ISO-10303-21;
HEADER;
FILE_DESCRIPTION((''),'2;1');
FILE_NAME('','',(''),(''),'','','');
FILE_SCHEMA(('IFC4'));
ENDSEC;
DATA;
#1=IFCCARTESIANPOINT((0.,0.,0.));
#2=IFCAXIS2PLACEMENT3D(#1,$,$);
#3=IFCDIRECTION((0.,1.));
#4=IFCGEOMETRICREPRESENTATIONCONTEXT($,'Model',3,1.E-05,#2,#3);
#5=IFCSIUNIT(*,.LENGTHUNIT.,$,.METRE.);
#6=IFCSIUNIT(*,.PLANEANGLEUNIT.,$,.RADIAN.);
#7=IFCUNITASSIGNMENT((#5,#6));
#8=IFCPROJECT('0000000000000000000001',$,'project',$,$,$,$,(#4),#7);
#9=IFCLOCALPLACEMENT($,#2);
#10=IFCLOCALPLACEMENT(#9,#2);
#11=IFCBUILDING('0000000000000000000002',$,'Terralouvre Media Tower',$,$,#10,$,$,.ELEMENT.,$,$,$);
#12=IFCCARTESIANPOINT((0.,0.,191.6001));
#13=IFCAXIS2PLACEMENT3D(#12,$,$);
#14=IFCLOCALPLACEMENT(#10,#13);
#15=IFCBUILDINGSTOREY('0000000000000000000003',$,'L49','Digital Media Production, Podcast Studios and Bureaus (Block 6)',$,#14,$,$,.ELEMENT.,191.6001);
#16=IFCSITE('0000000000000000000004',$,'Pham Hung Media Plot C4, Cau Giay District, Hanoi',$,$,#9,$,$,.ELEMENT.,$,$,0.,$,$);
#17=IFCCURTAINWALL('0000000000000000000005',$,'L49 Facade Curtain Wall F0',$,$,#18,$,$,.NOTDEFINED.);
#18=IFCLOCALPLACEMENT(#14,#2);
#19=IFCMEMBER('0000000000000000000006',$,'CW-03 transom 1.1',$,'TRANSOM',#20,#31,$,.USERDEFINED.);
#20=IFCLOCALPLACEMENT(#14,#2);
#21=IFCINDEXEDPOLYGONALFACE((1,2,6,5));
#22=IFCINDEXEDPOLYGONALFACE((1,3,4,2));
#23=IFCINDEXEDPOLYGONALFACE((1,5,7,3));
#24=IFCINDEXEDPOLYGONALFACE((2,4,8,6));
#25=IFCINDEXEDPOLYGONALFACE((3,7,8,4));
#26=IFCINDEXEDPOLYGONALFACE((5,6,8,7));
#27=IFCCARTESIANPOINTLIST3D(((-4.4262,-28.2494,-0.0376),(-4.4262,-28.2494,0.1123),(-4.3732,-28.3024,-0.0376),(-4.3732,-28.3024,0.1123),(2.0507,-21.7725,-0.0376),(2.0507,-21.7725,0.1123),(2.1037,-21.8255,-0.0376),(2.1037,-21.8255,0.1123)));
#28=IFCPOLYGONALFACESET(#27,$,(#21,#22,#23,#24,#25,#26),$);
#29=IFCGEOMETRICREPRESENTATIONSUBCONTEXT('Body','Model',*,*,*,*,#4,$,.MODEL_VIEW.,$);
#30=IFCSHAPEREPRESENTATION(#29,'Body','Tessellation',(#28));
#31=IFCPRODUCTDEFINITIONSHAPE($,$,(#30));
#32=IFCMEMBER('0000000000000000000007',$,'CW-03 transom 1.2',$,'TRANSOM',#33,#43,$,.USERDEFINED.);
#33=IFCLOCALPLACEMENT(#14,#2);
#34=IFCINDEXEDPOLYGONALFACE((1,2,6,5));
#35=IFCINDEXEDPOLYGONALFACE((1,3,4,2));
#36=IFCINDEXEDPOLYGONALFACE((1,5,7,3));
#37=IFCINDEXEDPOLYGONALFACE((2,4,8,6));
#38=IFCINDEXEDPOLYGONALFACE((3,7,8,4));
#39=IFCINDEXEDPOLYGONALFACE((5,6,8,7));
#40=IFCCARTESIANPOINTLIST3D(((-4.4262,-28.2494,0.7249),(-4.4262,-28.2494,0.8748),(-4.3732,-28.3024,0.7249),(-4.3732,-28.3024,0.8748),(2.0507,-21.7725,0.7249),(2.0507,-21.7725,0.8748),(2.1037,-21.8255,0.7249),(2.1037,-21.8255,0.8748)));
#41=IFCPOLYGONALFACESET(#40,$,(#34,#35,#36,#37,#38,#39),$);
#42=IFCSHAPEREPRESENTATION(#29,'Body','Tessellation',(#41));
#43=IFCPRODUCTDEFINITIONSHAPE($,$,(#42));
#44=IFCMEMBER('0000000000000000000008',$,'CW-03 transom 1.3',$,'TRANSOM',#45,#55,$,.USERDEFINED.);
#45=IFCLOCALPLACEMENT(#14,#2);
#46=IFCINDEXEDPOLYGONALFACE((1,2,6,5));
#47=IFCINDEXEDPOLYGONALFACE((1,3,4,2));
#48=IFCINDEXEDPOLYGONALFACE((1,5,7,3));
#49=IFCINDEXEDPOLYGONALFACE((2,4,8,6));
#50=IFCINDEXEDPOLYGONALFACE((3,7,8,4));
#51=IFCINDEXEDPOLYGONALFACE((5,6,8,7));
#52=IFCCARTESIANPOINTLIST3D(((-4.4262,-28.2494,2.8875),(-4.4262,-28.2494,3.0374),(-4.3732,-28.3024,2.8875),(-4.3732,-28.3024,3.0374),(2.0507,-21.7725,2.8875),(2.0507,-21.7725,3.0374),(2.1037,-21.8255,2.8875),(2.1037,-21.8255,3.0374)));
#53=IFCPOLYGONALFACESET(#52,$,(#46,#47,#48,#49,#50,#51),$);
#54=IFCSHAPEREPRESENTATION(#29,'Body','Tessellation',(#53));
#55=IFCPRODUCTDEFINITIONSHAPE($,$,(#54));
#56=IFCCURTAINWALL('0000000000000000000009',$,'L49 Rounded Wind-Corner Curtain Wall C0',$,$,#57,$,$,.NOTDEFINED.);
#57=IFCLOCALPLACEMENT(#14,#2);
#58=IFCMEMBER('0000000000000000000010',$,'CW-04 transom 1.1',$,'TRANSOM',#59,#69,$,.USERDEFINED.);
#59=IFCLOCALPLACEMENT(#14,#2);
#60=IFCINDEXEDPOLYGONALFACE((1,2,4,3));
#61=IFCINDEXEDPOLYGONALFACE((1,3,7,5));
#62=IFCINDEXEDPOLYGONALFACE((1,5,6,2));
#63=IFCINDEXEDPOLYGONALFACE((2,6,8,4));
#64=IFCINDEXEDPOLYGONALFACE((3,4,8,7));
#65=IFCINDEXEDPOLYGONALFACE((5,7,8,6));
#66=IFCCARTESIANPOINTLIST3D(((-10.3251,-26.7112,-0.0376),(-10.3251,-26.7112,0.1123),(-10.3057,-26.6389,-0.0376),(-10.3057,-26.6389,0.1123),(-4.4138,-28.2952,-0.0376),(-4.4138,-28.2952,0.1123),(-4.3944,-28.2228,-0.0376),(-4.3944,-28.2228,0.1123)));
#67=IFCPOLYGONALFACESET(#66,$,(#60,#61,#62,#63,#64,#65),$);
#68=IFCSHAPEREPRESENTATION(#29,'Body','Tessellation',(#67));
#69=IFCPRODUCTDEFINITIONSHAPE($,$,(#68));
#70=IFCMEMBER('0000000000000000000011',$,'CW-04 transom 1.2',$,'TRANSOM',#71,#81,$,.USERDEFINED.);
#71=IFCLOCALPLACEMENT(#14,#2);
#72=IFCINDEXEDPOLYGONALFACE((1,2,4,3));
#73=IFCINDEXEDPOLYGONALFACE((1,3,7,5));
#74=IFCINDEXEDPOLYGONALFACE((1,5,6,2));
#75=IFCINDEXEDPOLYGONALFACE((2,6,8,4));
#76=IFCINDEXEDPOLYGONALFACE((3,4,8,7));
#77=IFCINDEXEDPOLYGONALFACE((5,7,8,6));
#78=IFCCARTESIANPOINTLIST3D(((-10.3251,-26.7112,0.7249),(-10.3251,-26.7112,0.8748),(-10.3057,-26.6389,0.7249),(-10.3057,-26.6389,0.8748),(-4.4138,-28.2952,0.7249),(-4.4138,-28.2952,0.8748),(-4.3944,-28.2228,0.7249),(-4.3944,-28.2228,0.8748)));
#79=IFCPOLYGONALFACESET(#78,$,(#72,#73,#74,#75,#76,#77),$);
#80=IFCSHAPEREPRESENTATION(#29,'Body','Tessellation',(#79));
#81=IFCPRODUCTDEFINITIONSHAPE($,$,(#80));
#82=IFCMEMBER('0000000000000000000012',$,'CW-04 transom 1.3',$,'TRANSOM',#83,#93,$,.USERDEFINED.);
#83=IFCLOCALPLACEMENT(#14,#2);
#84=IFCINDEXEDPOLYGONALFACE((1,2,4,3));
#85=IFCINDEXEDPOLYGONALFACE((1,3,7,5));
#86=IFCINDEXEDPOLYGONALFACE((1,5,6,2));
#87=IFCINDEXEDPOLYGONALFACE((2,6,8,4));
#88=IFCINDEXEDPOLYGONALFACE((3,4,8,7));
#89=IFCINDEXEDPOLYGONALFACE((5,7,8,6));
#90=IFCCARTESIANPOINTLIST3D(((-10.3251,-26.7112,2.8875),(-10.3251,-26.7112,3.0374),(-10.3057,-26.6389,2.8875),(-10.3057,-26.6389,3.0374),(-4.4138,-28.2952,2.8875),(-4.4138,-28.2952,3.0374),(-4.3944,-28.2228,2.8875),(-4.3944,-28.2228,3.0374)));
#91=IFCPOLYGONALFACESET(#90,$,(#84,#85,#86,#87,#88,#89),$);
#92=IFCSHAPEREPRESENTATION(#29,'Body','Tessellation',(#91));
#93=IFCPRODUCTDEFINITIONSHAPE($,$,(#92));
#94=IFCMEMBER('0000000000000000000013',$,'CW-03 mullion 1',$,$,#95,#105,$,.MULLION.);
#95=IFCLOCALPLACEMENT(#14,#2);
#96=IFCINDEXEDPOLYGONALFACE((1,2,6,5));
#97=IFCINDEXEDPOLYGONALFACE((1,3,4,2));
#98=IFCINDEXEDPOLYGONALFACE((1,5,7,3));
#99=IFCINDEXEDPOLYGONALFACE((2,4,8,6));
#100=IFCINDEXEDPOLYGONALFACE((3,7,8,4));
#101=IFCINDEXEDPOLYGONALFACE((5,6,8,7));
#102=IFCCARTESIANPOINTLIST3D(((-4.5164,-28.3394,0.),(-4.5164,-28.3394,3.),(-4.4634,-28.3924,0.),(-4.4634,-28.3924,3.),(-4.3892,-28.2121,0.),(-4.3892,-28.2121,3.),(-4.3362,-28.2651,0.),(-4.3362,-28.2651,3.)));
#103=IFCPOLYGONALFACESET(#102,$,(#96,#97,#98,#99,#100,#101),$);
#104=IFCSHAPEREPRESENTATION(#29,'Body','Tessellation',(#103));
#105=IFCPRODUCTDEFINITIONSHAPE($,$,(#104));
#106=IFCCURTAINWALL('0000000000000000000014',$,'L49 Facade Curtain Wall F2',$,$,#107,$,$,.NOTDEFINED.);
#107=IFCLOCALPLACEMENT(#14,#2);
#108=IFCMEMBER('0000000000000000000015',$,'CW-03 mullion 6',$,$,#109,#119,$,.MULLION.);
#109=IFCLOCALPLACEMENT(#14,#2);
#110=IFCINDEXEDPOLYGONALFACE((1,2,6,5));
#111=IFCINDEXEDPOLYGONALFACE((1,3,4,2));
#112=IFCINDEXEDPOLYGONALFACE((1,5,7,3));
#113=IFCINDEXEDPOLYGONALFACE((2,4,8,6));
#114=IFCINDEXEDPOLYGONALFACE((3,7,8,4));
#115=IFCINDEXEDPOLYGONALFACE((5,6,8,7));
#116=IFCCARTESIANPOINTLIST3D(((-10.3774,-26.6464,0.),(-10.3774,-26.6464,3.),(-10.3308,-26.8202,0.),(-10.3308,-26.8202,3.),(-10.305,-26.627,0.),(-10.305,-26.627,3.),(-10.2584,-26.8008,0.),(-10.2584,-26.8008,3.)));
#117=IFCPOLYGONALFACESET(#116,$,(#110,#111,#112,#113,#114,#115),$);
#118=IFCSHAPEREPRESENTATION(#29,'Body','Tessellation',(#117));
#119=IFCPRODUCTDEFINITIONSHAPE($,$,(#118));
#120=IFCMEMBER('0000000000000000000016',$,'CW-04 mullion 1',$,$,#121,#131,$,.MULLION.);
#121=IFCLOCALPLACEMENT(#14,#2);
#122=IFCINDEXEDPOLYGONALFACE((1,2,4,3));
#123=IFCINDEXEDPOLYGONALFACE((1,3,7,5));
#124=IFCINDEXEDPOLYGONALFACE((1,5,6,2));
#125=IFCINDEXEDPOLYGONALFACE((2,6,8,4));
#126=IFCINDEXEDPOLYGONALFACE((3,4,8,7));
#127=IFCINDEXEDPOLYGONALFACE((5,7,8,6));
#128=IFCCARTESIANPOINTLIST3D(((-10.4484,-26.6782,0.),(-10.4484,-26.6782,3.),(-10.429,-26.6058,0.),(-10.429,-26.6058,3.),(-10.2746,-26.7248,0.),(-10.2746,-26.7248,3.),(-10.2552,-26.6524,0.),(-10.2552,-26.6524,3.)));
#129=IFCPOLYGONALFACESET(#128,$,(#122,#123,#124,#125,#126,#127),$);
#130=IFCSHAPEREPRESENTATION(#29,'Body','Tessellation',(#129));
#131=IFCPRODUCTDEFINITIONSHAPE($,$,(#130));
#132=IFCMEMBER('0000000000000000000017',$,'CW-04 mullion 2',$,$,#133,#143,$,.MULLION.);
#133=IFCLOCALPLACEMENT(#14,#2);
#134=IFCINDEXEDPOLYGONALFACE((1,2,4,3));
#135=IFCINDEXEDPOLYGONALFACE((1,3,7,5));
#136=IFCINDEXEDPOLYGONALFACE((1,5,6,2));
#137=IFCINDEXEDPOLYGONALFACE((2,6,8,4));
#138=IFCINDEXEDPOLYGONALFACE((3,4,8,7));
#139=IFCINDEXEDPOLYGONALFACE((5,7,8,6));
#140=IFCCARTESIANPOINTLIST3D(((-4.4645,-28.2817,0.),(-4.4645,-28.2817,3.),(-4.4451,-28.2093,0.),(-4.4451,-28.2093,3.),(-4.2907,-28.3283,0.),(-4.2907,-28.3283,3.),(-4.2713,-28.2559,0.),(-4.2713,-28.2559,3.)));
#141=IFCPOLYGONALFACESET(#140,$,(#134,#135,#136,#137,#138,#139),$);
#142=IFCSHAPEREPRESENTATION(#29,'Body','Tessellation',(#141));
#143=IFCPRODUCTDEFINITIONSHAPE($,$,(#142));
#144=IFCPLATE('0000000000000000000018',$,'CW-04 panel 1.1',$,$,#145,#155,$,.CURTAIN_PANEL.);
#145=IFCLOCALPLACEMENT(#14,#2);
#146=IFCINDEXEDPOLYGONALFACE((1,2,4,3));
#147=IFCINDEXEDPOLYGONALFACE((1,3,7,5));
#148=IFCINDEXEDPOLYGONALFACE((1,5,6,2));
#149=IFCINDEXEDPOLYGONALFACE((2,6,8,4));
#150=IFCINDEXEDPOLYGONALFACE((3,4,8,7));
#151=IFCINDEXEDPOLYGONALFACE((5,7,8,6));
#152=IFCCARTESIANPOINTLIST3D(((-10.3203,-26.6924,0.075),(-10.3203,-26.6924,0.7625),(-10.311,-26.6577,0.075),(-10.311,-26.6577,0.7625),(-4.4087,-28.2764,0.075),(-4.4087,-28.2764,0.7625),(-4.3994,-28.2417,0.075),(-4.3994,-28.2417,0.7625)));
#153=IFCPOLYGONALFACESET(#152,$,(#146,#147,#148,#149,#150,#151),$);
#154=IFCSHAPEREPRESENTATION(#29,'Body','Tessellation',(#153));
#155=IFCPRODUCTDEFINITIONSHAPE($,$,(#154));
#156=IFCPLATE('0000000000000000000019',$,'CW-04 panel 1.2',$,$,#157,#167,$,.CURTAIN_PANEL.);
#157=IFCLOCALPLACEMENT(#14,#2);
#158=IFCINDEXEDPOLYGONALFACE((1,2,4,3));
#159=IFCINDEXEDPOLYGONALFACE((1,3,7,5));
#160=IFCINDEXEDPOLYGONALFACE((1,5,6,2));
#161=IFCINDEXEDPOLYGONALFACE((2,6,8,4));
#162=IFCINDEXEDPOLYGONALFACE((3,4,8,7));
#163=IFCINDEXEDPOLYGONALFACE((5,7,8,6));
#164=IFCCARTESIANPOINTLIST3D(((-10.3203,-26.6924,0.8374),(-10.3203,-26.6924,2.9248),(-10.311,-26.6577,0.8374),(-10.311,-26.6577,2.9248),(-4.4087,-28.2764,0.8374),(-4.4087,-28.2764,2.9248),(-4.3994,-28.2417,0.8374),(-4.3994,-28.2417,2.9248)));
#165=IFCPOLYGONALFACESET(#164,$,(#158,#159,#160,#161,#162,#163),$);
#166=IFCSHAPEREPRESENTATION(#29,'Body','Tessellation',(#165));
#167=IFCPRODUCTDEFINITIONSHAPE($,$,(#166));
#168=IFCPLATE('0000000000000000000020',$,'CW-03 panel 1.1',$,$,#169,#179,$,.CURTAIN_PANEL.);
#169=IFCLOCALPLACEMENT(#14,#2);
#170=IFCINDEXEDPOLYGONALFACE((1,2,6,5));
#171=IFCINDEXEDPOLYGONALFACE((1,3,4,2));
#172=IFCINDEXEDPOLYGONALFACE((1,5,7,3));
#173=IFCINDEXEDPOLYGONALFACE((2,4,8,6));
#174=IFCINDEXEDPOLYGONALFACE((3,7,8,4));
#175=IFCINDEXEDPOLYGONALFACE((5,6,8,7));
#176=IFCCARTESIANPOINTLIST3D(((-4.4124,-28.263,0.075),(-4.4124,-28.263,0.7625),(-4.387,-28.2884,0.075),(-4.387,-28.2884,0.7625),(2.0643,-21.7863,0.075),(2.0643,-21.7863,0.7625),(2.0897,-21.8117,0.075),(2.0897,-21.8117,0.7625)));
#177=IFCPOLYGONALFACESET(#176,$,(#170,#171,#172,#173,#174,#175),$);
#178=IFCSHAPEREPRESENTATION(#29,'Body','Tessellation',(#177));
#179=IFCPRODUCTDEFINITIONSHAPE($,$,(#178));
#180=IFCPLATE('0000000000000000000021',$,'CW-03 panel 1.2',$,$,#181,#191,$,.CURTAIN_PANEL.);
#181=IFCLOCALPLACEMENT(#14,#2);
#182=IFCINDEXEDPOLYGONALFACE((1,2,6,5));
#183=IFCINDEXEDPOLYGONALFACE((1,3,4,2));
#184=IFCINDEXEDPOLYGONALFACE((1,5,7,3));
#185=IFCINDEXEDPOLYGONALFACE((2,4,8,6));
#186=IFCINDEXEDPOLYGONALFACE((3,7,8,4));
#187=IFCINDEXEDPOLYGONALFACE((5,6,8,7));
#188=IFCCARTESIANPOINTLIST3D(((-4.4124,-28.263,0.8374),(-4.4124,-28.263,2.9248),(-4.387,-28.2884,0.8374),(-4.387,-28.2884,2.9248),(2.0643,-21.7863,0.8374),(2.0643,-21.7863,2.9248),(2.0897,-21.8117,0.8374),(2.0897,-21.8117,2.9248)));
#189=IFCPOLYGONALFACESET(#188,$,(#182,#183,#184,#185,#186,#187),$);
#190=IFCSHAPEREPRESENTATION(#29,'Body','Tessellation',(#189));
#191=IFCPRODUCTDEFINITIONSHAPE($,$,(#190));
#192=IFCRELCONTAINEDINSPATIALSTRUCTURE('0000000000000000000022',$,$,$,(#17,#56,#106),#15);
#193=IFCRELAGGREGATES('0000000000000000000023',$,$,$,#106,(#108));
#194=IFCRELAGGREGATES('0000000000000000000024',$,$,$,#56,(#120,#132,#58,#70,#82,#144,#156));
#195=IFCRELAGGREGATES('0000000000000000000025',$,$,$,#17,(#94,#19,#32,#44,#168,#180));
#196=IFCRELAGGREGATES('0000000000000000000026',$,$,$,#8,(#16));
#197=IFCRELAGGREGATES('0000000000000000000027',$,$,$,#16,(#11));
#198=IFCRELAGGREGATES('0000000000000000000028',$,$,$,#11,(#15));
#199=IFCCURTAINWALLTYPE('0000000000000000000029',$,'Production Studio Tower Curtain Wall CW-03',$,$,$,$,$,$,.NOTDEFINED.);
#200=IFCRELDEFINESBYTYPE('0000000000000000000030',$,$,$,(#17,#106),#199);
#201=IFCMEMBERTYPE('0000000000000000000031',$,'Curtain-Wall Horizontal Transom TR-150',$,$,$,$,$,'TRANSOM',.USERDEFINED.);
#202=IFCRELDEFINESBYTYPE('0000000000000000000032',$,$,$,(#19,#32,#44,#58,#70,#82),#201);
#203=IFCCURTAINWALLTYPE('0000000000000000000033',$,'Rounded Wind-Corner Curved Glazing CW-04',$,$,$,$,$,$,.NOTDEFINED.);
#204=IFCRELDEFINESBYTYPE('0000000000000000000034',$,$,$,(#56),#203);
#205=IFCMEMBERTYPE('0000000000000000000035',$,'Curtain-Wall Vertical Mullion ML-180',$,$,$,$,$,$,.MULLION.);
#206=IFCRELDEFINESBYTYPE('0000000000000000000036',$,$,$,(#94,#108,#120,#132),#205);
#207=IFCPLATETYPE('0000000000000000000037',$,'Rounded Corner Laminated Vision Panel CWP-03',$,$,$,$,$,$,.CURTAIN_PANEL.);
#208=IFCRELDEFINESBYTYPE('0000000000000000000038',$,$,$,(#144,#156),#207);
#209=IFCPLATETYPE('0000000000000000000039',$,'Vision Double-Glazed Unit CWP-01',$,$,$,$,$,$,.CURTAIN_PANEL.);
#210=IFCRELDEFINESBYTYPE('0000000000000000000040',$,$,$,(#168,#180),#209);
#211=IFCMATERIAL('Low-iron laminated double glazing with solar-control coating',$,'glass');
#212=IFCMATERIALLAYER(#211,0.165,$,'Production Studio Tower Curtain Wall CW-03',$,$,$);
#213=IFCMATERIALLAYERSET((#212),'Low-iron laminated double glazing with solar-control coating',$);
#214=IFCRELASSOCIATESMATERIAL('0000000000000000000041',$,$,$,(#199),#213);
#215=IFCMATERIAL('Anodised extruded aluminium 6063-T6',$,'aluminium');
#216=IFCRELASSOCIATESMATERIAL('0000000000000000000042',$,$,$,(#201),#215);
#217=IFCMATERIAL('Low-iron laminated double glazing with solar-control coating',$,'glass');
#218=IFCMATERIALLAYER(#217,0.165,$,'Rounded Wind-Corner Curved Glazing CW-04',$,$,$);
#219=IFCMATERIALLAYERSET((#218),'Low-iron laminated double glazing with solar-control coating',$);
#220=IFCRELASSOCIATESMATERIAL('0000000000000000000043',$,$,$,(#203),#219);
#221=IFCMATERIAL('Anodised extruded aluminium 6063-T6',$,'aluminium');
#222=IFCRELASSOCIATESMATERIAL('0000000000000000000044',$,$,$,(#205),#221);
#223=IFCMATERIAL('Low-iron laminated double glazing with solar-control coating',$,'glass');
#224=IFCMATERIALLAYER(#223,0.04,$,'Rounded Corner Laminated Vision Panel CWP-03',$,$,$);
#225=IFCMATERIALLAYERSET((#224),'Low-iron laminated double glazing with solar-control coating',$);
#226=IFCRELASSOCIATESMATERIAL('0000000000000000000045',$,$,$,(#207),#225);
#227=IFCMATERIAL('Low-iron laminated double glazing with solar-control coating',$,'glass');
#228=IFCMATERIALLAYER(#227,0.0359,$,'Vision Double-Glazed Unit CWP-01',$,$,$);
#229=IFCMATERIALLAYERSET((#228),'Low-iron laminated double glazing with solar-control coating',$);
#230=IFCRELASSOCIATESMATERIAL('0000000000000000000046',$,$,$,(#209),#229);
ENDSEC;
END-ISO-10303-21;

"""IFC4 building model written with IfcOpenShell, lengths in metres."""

from ifc_helpers import new_model, si_unit, direction, frame, origin, origin_2d, place, context, subcontext, project, spatial, rectangle, extrude, material, layer, layer_set, material_profile, profile_set, type_object, element, aggregate, save


model = new_model("IFC4")

# Units and contexts
model_context = context("Model", 3, precision=1e-05, world=origin(), true_north=direction((0.0, 1.0)))
body_context = subcontext(model_context, "Body", "Model", "MODEL_VIEW")
ifc_project = project(units=[si_unit("LENGTHUNIT", "METRE"), si_unit("PLANEANGLEUNIT", "RADIAN")], contexts=[model_context])

# Site, building, storey
site_placement = place(None, origin())
site = spatial("IfcSite", under=ifc_project, at=site_placement, Name="Pham Hung Media Plot C4, Cau Giay District, Hanoi", CompositionType="ELEMENT", RefElevation=0.0)
building_placement = place(site_placement, origin())
building = spatial("IfcBuilding", under=site, at=building_placement, Name="Terralouvre Media Tower", CompositionType="ELEMENT")
storey_placement = place(building_placement, frame((0.0, 0.0, 191.6001)))
storey = spatial("IfcBuildingStorey", under=building, at=storey_placement, Name="L49", Description="Digital Media Production, Podcast Studios and Bureaus (Block 6)", CompositionType="ELEMENT", Elevation=191.6001)

# Curtain walls, members
ifc_material_1 = material(Name="Low-iron laminated double glazing with solar-control coating", Category="glass")
ifc_layer_1 = layer(ifc_material_1, 0.165, Name="Production Studio Tower Curtain Wall CW-03")
ifc_layer_set_1 = layer_set([ifc_layer_1], Name="Low-iron laminated double glazing with solar-control coating")
curtain_wall_type_1 = type_object("IfcCurtainWallType", Name="Production Studio Tower Curtain Wall CW-03", PredefinedType="NOTDEFINED", material=ifc_layer_set_1)
curtain_wall_1_placement = place(storey_placement, origin())
curtain_wall_1 = element("IfcCurtainWall", 1, at=curtain_wall_1_placement, inside=storey, type_object=curtain_wall_type_1, Name="L49 Facade Curtain Wall F0", PredefinedType="NOTDEFINED")
ifc_material_2 = material(Name="Anodised extruded aluminium 6063-T6", Category="aluminium")
ifc_material_profile_1 = material_profile(ifc_material_2, rectangle(XDim=0.075, YDim=0.1499, at=origin_2d()), Name="ALU 75x150")
ifc_profile_set_1 = profile_set([ifc_material_profile_1], Name="Anodised extruded aluminium 6063-T6")
member_type_1 = type_object("IfcMemberType", Name="Curtain-Wall Horizontal Transom TR-150", ElementType="TRANSOM", PredefinedType="USERDEFINED", material=ifc_profile_set_1)
member_1_placement = place(storey_placement, frame((-4.3997, -28.2759, 0.0374), z_axis=(0.707107, 0.707107, 0.0), x_axis=(-0.707107, 0.707107, 0.0)))
member_1 = element("IfcMember", 2, at=member_1_placement, type_object=member_type_1, Name="CW-03 transom 1.1", ObjectType="TRANSOM", PredefinedType="USERDEFINED", context=body_context, shape_type="SweptSolid", body=[
    extrude(rectangle(XDim=0.075, YDim=0.1499, at=origin_2d()), origin(), (0.0, 0.0, 1.0), 9.1597),
])
member_2_placement = place(storey_placement, frame((-4.3997, -28.2759, 0.7998), z_axis=(0.707107, 0.707107, 0.0), x_axis=(-0.707107, 0.707107, 0.0)))
member_2 = element("IfcMember", 3, at=member_2_placement, type_object=member_type_1, Name="CW-03 transom 1.2", ObjectType="TRANSOM", PredefinedType="USERDEFINED", context=body_context, shape_type="SweptSolid", body=[
    extrude(rectangle(XDim=0.075, YDim=0.1499, at=origin_2d()), origin(), (0.0, 0.0, 1.0), 9.1597),
])
member_3_placement = place(storey_placement, frame((-4.3997, -28.2759, 2.9624), z_axis=(0.707107, 0.707107, 0.0), x_axis=(-0.707107, 0.707107, 0.0)))
member_3 = element("IfcMember", 4, at=member_3_placement, type_object=member_type_1, Name="CW-03 transom 1.3", ObjectType="TRANSOM", PredefinedType="USERDEFINED", context=body_context, shape_type="SweptSolid", body=[
    extrude(rectangle(XDim=0.075, YDim=0.1499, at=origin_2d()), origin(), (0.0, 0.0, 1.0), 9.1597),
])
ifc_material_3 = material(Name="Low-iron laminated double glazing with solar-control coating", Category="glass")
ifc_layer_2 = layer(ifc_material_3, 0.165, Name="Rounded Wind-Corner Curved Glazing CW-04")
ifc_layer_set_2 = layer_set([ifc_layer_2], Name="Low-iron laminated double glazing with solar-control coating")
curtain_wall_type_2 = type_object("IfcCurtainWallType", Name="Rounded Wind-Corner Curved Glazing CW-04", PredefinedType="NOTDEFINED", material=ifc_layer_set_2)
curtain_wall_2_placement = place(storey_placement, origin())
curtain_wall_2 = element("IfcCurtainWall", 5, at=curtain_wall_2_placement, inside=storey, type_object=curtain_wall_type_2, Name="L49 Rounded Wind-Corner Curtain Wall C0", PredefinedType="NOTDEFINED")
member_4_placement = place(storey_placement, frame((-10.3154, -26.675, 0.0374), z_axis=(0.965924, -0.258824, 0.0), x_axis=(0.258824, 0.965924, 0.0)))
member_4 = element("IfcMember", 6, at=member_4_placement, type_object=member_type_1, Name="CW-04 transom 1.1", ObjectType="TRANSOM", PredefinedType="USERDEFINED", context=body_context, shape_type="SweptSolid", body=[
    extrude(rectangle(XDim=0.075, YDim=0.1499, at=origin_2d()), origin(), (0.0, 0.0, 1.0), 6.1199),
])
member_5_placement = place(storey_placement, frame((-10.3154, -26.675, 0.7998), z_axis=(0.965924, -0.258824, 0.0), x_axis=(0.258824, 0.965924, 0.0)))
member_5 = element("IfcMember", 7, at=member_5_placement, type_object=member_type_1, Name="CW-04 transom 1.2", ObjectType="TRANSOM", PredefinedType="USERDEFINED", context=body_context, shape_type="SweptSolid", body=[
    extrude(rectangle(XDim=0.075, YDim=0.1499, at=origin_2d()), origin(), (0.0, 0.0, 1.0), 6.1199),
])
member_6_placement = place(storey_placement, frame((-10.3154, -26.675, 2.9624), z_axis=(0.965924, -0.258824, 0.0), x_axis=(0.258824, 0.965924, 0.0)))
member_6 = element("IfcMember", 8, at=member_6_placement, type_object=member_type_1, Name="CW-04 transom 1.3", ObjectType="TRANSOM", PredefinedType="USERDEFINED", context=body_context, shape_type="SweptSolid", body=[
    extrude(rectangle(XDim=0.075, YDim=0.1499, at=origin_2d()), origin(), (0.0, 0.0, 1.0), 6.1199),
])

# Member
ifc_material_4 = material(Name="Anodised extruded aluminium 6063-T6", Category="aluminium")
ifc_material_profile_2 = material_profile(ifc_material_4, rectangle(XDim=0.075, YDim=0.1799, at=origin_2d()), Name="ALU 75x180")
ifc_profile_set_2 = profile_set([ifc_material_profile_2], Name="Anodised extruded aluminium 6063-T6")
member_type_2 = type_object("IfcMemberType", Name="Curtain-Wall Vertical Mullion ML-180", PredefinedType="MULLION", material=ifc_profile_set_2)
member_7_placement = place(storey_placement, frame((-4.4263, -28.3022, 0.0), z_axis=(0.0, 0.0, 1.0), x_axis=(-0.707107, 0.707107, 0.0)))
member_7 = element("IfcMember", 9, at=member_7_placement, type_object=member_type_2, Name="CW-03 mullion 1", PredefinedType="MULLION", context=body_context, shape_type="SweptSolid", body=[
    extrude(rectangle(XDim=0.075, YDim=0.1799, at=origin_2d()), origin(), (0.0, 0.0, 1.0), 3.0),
])

# Curtain wall, member
curtain_wall_3_placement = place(storey_placement, origin())
curtain_wall_3 = element("IfcCurtainWall", 10, at=curtain_wall_3_placement, inside=storey, type_object=curtain_wall_type_1, Name="L49 Facade Curtain Wall F2", PredefinedType="NOTDEFINED")
member_8_placement = place(storey_placement, frame((-10.3179, -26.7236, 0.0), z_axis=(0.0, 0.0, 1.0), x_axis=(0.965926, 0.258819, 0.0)))
member_8 = element("IfcMember", 11, at=member_8_placement, type_object=member_type_2, Name="CW-03 mullion 6", PredefinedType="MULLION", context=body_context, shape_type="SweptSolid", body=[
    extrude(rectangle(XDim=0.075, YDim=0.1799, at=origin_2d()), origin(), (0.0, 0.0, 1.0), 3.0),
])
aggregate(curtain_wall_3, [member_8])

# Members
member_9_placement = place(storey_placement, frame((-10.3518, -26.6653, 0.0), z_axis=(0.0, 0.0, 1.0), x_axis=(0.258819, 0.965926, 0.0)))
member_9 = element("IfcMember", 12, at=member_9_placement, type_object=member_type_2, Name="CW-04 mullion 1", PredefinedType="MULLION", context=body_context, shape_type="SweptSolid", body=[
    extrude(rectangle(XDim=0.075, YDim=0.1799, at=origin_2d()), origin(), (0.0, 0.0, 1.0), 3.0),
])
member_10_placement = place(storey_placement, frame((-4.3679, -28.2688, 0.0), z_axis=(0.0, 0.0, 1.0), x_axis=(0.258819, 0.965926, 0.0)))
member_10 = element("IfcMember", 13, at=member_10_placement, type_object=member_type_2, Name="CW-04 mullion 2", PredefinedType="MULLION", context=body_context, shape_type="SweptSolid", body=[
    extrude(rectangle(XDim=0.075, YDim=0.1799, at=origin_2d()), origin(), (0.0, 0.0, 1.0), 3.0),
])

# Plates
ifc_material_5 = material(Name="Low-iron laminated double glazing with solar-control coating", Category="glass")
ifc_layer_3 = layer(ifc_material_5, 0.04, Name="Rounded Corner Laminated Vision Panel CWP-03")
ifc_layer_set_3 = layer_set([ifc_layer_3], Name="Low-iron laminated double glazing with solar-control coating")
plate_type_1 = type_object("IfcPlateType", Name="Rounded Corner Laminated Vision Panel CWP-03", PredefinedType="CURTAIN_PANEL", material=ifc_layer_set_3)
plate_1_placement = place(storey_placement, frame((-7.3599, -27.467, 0.075), z_axis=(0.0, 0.0, 1.0), x_axis=(0.965926, -0.258819, 0.0)))
plate_1 = element("IfcPlate", 14, at=plate_1_placement, type_object=plate_type_1, Name="CW-04 panel 1.1", PredefinedType="CURTAIN_PANEL", context=body_context, shape_type="SweptSolid", body=[
    extrude(rectangle(XDim=6.1201, YDim=0.0359, at=origin_2d()), origin(), (0.0, 0.0, 1.0), 0.6875),
])
plate_2_placement = place(storey_placement, frame((-7.3599, -27.467, 0.8374), z_axis=(0.0, 0.0, 1.0), x_axis=(0.965926, -0.258819, 0.0)))
plate_2 = element("IfcPlate", 15, at=plate_2_placement, type_object=plate_type_1, Name="CW-04 panel 1.2", PredefinedType="CURTAIN_PANEL", context=body_context, shape_type="SweptSolid", body=[
    extrude(rectangle(XDim=6.1201, YDim=0.0359, at=origin_2d()), origin(), (0.0, 0.0, 1.0), 2.0874),
])
aggregate(curtain_wall_2, [member_9, member_10, member_4, member_5, member_6, plate_1, plate_2])
ifc_material_6 = material(Name="Low-iron laminated double glazing with solar-control coating", Category="glass")
ifc_layer_4 = layer(ifc_material_6, 0.0359, Name="Vision Double-Glazed Unit CWP-01")
ifc_layer_set_4 = layer_set([ifc_layer_4], Name="Low-iron laminated double glazing with solar-control coating")
plate_type_2 = type_object("IfcPlateType", Name="Vision Double-Glazed Unit CWP-01", PredefinedType="CURTAIN_PANEL", material=ifc_layer_set_4)
plate_3_placement = place(storey_placement, frame((-1.1614, -25.0374, 0.075), z_axis=(0.0, 0.0, 1.0), x_axis=(0.707107, 0.707107, 0.0)))
plate_3 = element("IfcPlate", 16, at=plate_3_placement, type_object=plate_type_2, Name="CW-03 panel 1.1", PredefinedType="CURTAIN_PANEL", context=body_context, shape_type="SweptSolid", body=[
    extrude(rectangle(XDim=9.1594, YDim=0.0359, at=origin_2d()), origin(), (0.0, 0.0, 1.0), 0.6875),
])
plate_4_placement = place(storey_placement, frame((-1.1614, -25.0374, 0.8374), z_axis=(0.0, 0.0, 1.0), x_axis=(0.707107, 0.707107, 0.0)))
plate_4 = element("IfcPlate", 17, at=plate_4_placement, type_object=plate_type_2, Name="CW-03 panel 1.2", PredefinedType="CURTAIN_PANEL", context=body_context, shape_type="SweptSolid", body=[
    extrude(rectangle(XDim=9.1594, YDim=0.0359, at=origin_2d()), origin(), (0.0, 0.0, 1.0), 2.0874),
])
aggregate(curtain_wall_1, [member_7, member_1, member_2, member_3, plate_3, plate_4])

save(model, "model.ifc")
